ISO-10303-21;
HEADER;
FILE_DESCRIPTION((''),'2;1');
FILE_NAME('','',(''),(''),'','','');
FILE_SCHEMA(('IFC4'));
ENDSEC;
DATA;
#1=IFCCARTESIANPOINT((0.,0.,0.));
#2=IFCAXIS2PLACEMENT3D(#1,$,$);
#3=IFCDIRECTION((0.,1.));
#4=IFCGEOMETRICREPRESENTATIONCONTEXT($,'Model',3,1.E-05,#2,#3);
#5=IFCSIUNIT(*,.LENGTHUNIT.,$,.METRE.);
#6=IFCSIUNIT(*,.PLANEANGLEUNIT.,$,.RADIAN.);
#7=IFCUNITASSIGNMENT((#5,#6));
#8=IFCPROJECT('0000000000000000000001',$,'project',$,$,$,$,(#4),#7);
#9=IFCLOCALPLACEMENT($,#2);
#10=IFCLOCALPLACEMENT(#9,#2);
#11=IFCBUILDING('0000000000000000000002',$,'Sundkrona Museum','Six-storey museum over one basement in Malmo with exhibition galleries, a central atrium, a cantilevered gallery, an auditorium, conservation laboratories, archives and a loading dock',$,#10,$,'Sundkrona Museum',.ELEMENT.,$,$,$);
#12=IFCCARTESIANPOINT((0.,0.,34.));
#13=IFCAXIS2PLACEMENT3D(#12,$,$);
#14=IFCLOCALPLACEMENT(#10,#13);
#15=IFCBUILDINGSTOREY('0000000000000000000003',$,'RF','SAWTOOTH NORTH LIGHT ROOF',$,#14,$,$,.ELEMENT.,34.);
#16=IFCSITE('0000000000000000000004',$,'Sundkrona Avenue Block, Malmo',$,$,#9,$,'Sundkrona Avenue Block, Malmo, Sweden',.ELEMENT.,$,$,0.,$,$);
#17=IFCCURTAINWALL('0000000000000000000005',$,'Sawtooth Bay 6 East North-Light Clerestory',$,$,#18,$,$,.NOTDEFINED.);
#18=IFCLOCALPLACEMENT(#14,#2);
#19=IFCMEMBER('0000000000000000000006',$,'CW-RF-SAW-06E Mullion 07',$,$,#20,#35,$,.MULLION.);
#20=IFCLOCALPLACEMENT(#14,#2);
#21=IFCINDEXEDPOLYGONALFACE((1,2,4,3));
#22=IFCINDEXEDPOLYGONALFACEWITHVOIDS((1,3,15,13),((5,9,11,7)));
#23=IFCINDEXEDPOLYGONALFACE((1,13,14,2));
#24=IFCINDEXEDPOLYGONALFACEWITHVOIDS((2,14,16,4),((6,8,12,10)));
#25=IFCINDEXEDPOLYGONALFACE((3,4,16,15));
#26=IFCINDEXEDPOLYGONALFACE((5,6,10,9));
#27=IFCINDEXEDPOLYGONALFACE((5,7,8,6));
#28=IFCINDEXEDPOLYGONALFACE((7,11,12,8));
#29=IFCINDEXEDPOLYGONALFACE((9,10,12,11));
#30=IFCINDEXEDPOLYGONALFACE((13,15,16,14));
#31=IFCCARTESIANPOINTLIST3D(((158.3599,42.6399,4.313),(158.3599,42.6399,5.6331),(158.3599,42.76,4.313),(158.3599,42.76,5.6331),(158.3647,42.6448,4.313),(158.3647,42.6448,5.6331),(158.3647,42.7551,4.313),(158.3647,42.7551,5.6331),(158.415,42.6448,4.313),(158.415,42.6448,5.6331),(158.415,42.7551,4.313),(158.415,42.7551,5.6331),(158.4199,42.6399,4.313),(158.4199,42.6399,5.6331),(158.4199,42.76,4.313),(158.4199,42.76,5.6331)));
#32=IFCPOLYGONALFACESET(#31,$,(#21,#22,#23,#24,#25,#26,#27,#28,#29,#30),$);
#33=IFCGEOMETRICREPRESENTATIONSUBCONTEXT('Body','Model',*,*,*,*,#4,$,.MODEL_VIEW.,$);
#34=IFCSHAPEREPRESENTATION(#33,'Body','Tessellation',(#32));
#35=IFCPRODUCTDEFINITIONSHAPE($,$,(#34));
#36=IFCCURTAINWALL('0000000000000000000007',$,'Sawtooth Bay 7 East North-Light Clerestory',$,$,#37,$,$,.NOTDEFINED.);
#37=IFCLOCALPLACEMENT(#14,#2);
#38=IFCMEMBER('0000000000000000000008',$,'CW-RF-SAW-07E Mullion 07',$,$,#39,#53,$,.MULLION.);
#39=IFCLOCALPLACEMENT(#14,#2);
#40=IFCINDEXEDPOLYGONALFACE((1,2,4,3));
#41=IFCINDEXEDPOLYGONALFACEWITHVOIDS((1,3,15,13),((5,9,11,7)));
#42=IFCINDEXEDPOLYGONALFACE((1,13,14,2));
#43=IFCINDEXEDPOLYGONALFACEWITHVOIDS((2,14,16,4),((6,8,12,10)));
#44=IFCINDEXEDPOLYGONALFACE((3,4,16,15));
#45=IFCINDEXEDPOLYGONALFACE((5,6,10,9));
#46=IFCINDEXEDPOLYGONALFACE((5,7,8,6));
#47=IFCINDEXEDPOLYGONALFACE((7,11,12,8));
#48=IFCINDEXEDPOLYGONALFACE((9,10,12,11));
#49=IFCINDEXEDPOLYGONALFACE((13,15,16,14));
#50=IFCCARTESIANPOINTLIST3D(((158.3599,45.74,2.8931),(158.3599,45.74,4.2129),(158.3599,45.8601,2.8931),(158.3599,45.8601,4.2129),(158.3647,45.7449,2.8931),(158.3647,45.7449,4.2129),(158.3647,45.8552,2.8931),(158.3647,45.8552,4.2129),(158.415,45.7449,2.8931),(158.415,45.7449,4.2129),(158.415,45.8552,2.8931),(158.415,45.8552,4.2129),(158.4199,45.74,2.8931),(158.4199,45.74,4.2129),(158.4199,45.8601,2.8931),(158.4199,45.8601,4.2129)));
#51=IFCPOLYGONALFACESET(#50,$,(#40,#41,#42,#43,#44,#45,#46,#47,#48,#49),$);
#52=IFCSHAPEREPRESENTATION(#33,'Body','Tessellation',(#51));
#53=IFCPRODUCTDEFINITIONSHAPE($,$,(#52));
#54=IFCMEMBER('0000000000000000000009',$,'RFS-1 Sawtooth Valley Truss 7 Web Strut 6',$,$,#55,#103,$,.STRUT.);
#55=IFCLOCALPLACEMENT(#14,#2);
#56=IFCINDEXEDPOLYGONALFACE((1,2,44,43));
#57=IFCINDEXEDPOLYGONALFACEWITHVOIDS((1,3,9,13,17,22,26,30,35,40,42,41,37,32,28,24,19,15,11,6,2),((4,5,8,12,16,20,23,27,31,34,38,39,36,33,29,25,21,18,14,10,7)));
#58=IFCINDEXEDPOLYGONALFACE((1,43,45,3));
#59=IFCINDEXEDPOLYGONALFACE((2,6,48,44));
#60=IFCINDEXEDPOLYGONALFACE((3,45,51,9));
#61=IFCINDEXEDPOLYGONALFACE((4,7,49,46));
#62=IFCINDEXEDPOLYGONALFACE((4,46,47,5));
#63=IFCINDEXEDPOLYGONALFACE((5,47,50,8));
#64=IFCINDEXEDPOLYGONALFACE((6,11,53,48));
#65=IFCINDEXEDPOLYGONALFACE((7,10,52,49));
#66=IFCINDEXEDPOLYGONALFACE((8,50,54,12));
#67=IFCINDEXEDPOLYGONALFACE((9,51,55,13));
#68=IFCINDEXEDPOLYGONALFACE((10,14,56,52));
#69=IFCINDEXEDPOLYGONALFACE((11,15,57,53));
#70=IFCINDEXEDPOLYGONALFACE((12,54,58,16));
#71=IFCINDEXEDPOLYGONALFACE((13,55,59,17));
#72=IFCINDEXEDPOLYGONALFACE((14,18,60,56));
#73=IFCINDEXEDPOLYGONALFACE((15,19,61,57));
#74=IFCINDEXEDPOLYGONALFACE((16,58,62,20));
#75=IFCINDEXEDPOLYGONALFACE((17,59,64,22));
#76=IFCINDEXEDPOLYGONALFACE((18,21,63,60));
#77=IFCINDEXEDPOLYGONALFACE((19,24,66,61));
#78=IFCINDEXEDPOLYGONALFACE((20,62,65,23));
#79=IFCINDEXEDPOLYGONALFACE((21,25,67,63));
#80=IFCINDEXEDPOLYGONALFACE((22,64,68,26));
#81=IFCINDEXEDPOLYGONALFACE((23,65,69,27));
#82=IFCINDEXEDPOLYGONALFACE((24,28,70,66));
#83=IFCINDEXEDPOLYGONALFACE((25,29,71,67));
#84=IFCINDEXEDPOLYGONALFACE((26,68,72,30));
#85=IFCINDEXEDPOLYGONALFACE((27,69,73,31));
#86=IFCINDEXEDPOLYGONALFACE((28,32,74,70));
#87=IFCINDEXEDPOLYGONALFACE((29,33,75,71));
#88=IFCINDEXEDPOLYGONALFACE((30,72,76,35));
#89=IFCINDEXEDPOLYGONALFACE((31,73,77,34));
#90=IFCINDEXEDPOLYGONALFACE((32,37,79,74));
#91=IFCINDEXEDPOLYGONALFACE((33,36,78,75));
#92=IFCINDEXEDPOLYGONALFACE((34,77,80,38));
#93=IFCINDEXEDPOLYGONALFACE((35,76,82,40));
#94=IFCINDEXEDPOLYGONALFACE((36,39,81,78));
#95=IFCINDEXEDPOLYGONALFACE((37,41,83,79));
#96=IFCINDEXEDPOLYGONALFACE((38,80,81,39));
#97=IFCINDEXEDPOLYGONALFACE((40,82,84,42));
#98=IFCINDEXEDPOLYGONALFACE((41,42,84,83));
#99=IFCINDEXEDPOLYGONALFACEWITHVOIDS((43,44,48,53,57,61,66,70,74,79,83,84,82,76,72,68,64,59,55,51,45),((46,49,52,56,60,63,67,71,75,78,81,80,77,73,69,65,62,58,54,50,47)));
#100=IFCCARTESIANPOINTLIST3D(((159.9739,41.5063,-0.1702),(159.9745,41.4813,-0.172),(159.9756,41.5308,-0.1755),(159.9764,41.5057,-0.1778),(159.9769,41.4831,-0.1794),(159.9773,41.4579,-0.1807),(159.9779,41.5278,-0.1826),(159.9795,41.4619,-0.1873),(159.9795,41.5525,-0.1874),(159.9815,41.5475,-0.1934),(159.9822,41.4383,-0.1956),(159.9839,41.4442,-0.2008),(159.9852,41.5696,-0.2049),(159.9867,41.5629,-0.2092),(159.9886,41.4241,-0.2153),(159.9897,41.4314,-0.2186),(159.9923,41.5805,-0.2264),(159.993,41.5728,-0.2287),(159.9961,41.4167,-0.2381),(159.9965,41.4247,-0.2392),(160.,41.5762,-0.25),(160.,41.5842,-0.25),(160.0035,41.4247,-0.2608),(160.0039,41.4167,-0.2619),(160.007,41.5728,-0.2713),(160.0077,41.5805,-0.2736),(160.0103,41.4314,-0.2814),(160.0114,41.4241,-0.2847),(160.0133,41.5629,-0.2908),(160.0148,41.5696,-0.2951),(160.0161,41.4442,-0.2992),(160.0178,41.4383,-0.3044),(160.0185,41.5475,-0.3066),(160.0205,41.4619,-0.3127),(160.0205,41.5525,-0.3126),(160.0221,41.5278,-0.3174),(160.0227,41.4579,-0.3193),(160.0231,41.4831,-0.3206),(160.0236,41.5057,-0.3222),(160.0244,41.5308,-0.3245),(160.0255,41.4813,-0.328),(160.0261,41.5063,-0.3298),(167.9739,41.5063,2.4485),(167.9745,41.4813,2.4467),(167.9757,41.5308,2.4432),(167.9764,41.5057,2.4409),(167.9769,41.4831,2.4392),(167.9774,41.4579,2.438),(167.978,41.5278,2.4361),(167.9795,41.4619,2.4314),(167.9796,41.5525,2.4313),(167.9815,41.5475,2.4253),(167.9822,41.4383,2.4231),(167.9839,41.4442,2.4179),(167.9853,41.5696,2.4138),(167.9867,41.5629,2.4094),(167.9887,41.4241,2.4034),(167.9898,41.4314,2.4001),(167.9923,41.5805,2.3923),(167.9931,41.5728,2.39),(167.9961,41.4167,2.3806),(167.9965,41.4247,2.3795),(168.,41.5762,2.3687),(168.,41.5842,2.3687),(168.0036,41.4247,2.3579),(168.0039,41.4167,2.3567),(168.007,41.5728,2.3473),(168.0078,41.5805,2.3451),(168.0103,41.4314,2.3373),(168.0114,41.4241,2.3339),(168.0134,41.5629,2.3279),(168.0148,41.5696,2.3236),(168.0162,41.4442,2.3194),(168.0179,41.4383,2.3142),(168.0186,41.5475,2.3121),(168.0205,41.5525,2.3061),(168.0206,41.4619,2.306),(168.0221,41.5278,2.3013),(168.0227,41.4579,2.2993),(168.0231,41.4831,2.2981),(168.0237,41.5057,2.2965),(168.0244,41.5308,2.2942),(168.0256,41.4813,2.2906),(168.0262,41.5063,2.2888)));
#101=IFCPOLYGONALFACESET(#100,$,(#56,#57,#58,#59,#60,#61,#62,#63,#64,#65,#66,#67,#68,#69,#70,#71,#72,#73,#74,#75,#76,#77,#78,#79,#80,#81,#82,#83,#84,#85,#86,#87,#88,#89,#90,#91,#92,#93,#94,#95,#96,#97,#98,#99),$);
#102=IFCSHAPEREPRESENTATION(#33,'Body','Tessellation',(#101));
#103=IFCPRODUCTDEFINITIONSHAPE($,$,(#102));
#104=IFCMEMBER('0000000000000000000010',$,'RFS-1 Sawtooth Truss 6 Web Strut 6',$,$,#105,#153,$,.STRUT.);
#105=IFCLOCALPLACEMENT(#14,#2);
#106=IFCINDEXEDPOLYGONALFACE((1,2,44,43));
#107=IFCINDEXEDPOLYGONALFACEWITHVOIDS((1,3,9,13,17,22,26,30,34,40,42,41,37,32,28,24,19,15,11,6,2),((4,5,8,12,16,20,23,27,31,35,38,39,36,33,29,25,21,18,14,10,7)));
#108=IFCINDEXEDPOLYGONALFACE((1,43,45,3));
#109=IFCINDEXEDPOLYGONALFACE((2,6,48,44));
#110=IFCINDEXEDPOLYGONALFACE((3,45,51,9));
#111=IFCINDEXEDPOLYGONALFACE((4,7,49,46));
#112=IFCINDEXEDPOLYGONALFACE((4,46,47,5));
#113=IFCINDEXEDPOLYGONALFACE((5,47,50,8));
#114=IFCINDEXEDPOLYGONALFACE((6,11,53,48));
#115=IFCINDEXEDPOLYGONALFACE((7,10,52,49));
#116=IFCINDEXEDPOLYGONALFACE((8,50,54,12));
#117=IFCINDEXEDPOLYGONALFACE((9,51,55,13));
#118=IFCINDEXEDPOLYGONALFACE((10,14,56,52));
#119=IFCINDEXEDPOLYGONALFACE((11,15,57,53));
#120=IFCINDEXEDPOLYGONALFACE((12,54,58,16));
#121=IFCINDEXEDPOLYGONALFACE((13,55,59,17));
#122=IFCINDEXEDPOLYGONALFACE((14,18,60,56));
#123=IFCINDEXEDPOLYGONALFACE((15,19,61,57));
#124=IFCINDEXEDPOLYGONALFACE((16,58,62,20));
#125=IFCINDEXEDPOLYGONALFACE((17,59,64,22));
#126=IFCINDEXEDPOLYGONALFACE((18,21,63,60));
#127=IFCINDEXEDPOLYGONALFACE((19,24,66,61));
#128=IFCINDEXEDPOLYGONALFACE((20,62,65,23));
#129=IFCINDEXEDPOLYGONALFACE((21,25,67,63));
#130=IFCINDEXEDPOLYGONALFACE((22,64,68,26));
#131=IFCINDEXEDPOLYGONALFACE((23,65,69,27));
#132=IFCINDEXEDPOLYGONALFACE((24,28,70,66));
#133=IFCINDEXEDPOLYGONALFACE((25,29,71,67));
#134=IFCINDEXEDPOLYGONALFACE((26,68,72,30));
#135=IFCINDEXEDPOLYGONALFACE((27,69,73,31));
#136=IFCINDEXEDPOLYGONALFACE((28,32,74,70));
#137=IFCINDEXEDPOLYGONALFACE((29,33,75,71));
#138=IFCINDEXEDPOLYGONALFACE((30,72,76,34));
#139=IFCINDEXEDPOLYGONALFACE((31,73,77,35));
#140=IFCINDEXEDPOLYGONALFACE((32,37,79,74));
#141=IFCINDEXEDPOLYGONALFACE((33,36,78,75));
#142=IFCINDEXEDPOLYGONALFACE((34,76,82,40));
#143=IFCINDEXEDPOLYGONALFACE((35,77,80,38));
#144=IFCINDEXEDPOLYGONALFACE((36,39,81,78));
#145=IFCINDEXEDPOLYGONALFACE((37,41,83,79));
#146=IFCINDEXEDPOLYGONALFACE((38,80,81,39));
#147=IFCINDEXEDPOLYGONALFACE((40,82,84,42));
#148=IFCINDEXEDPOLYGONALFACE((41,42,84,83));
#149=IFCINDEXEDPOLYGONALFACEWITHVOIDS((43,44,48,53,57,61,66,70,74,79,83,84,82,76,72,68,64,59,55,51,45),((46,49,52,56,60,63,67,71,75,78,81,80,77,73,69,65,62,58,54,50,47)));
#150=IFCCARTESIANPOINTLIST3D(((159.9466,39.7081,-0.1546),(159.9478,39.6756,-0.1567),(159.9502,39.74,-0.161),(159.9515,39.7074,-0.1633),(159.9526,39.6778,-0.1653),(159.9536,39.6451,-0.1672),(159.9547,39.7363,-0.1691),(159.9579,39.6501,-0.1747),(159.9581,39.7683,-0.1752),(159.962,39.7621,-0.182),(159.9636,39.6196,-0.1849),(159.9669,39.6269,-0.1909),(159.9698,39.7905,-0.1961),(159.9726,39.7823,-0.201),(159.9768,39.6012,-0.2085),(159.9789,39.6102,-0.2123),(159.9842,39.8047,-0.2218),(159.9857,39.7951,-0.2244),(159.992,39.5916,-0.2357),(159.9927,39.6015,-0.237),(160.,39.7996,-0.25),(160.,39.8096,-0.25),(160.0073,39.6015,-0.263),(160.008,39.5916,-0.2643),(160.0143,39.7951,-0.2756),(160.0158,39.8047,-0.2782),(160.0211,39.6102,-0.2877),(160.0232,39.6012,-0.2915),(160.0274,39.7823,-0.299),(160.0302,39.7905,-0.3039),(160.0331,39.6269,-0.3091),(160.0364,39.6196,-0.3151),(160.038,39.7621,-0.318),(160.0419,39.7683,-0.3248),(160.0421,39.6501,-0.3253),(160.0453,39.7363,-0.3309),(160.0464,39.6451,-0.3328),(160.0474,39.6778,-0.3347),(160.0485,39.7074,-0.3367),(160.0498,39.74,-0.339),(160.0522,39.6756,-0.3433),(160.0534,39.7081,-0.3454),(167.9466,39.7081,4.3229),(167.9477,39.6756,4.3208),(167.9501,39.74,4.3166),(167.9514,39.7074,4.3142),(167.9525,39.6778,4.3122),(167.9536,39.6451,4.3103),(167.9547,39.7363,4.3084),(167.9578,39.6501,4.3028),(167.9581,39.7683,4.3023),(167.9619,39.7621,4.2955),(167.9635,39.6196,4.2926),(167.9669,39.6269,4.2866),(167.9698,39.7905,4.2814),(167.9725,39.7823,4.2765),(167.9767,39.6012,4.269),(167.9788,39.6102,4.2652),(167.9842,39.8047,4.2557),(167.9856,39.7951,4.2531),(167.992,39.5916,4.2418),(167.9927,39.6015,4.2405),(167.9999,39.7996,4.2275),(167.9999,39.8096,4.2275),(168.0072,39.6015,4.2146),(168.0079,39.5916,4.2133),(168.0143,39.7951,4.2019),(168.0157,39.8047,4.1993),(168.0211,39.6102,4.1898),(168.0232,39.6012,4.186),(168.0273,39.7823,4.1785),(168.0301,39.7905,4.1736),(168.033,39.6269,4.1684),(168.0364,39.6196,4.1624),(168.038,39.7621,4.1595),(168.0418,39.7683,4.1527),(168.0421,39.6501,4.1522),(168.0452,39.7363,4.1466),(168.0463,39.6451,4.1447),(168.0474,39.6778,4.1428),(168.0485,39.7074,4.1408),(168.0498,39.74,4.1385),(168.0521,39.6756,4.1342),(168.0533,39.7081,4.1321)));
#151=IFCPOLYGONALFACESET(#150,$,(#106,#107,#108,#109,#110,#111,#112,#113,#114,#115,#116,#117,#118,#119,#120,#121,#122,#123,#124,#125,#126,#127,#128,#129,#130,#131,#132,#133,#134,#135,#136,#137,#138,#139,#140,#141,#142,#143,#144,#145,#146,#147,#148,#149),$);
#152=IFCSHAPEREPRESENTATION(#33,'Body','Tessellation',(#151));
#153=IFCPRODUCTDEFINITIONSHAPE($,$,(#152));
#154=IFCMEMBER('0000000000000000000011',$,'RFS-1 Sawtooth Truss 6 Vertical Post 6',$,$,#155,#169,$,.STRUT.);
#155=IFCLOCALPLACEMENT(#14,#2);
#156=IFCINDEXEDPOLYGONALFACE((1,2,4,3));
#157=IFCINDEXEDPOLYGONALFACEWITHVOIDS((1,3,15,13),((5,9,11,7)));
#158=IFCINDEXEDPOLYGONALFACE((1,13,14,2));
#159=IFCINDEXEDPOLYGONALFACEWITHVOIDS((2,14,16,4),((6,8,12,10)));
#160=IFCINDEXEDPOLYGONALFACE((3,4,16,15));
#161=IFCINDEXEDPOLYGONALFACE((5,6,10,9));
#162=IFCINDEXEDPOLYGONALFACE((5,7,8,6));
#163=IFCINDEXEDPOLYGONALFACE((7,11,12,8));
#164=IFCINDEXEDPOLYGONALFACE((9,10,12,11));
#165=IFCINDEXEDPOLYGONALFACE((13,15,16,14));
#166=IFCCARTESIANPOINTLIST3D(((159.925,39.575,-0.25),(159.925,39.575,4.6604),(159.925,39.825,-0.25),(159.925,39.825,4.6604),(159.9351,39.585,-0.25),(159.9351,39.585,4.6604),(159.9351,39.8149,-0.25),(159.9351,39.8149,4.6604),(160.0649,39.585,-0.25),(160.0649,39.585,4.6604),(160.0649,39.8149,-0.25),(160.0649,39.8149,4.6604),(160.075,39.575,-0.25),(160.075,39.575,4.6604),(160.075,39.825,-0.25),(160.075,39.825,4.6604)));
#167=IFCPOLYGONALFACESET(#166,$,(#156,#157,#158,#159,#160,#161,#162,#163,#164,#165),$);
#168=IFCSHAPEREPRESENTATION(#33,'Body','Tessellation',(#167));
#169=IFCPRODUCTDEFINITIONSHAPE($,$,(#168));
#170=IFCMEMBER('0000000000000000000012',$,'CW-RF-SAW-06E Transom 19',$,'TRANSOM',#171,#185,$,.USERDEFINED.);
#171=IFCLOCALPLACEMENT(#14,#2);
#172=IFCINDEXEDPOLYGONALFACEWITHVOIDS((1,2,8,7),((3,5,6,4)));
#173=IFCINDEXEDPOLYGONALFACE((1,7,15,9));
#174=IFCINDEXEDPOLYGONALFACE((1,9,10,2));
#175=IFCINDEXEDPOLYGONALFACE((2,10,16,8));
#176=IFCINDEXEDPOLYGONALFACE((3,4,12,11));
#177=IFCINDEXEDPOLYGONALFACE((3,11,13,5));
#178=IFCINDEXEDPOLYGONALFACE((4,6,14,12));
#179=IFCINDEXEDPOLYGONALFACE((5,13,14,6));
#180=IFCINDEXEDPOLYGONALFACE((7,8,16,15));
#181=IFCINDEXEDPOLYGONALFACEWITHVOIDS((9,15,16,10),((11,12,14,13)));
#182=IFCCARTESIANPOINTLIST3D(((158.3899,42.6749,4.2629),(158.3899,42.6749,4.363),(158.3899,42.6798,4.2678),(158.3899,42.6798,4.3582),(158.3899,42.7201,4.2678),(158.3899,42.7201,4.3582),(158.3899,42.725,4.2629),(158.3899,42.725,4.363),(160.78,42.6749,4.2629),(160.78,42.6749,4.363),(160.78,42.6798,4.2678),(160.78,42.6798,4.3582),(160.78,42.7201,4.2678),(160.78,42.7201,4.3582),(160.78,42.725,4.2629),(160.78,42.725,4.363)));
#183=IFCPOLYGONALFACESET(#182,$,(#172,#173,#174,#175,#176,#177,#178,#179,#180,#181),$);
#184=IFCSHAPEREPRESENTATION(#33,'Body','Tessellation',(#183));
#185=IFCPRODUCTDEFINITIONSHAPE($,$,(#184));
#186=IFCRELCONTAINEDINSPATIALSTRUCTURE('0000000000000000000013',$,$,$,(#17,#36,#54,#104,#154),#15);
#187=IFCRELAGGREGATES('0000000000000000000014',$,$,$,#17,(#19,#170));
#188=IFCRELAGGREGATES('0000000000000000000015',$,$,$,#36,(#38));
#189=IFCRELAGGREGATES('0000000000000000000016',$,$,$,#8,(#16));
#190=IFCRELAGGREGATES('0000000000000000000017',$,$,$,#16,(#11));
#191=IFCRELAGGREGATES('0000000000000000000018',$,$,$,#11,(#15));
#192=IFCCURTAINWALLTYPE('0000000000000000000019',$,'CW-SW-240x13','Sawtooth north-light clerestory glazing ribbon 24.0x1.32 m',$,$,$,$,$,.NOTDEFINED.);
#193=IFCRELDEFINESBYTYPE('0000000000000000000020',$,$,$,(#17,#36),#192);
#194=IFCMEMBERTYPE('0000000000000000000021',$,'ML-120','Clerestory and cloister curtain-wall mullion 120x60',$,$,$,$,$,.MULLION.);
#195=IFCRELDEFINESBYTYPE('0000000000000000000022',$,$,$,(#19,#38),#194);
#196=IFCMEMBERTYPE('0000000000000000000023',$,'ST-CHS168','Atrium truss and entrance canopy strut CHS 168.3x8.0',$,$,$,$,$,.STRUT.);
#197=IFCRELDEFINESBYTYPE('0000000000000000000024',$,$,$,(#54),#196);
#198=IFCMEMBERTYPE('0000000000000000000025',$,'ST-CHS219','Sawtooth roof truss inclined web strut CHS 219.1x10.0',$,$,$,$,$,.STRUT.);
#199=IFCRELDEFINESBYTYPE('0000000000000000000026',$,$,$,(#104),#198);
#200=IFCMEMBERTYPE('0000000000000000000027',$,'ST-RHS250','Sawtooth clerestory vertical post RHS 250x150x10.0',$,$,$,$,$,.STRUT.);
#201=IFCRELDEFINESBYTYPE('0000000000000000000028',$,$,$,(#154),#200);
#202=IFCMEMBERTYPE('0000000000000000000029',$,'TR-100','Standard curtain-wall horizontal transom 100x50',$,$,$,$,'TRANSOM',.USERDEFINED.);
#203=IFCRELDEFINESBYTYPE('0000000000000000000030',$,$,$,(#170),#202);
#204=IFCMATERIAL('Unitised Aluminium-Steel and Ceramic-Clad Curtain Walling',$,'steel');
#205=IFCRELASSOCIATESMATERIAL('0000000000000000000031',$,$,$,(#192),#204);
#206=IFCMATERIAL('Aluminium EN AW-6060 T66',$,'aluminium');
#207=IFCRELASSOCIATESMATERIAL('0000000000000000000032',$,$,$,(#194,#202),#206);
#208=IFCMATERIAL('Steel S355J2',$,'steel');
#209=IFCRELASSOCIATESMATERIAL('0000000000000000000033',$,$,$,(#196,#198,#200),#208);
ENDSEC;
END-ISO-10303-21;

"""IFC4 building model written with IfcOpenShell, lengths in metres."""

from ifc_helpers import new_model, si_unit, direction, frame, origin, origin_2d, place, context, subcontext, project, spatial, hollow_rectangle, hollow_circle, extrude, material, material_profile, profile_set, type_object, element, aggregate, save


model = new_model("IFC4")

# Units and contexts
model_context = context("Model", 3, precision=1e-05, world=origin(), true_north=direction((0.0, 1.0)))
body_context = subcontext(model_context, "Body", "Model", "MODEL_VIEW")
ifc_project = project(units=[si_unit("LENGTHUNIT", "METRE"), si_unit("PLANEANGLEUNIT", "RADIAN")], contexts=[model_context])

# Site, building, storey
site_placement = place(None, origin())
site = spatial("IfcSite", under=ifc_project, at=site_placement, Name="Sundkrona Avenue Block, Malmo", LongName="Sundkrona Avenue Block, Malmo, Sweden", CompositionType="ELEMENT", RefElevation=0.0)
building_placement = place(site_placement, origin())
building = spatial("IfcBuilding", under=site, at=building_placement, Name="Sundkrona Museum", Description="Six-storey museum over one basement in Malmo with exhibition galleries, a central atrium, a cantilevered gallery, an auditorium, conservation laboratories, archives and a loading dock", LongName="Sundkrona Museum", CompositionType="ELEMENT")
storey_placement = place(building_placement, frame((0.0, 0.0, 34.0)))
storey = spatial("IfcBuildingStorey", under=building, at=storey_placement, Name="RF", Description="SAWTOOTH NORTH LIGHT ROOF", CompositionType="ELEMENT", Elevation=34.0)

# Curtain walls, members
ifc_material_1 = material(Name="Unitised Aluminium-Steel and Ceramic-Clad Curtain Walling", Category="steel")
curtain_wall_type = type_object("IfcCurtainWallType", Name="CW-SW-240x13", Description="Sawtooth north-light clerestory glazing ribbon 24.0x1.32 m", PredefinedType="NOTDEFINED", material=ifc_material_1)
curtain_wall_1_placement = place(storey_placement, origin())
curtain_wall_1 = element("IfcCurtainWall", 1, at=curtain_wall_1_placement, inside=storey, type_object=curtain_wall_type, Name="Sawtooth Bay 6 East North-Light Clerestory", PredefinedType="NOTDEFINED")
ifc_material_2 = material(Name="Aluminium EN AW-6060 T66", Category="aluminium")
ifc_material_profile_1 = material_profile(ifc_material_2, hollow_rectangle(XDim=0.0601, YDim=0.1201, WallThickness=0.0049, at=origin_2d()), Name="RHS 120x60x5.0")
ifc_profile_set_1 = profile_set([ifc_material_profile_1], Name="Aluminium EN AW-6060 T66")
member_type_1 = type_object("IfcMemberType", Name="ML-120", Description="Clerestory and cloister curtain-wall mullion 120x60", PredefinedType="MULLION", material=ifc_profile_set_1)
member_1_placement = place(storey_placement, frame((158.3899, 42.7, 4.313), z_axis=(0.0, 0.0, 1.0), x_axis=(1.0, 0.0, 0.0)))
member_1 = element("IfcMember", 2, at=member_1_placement, type_object=member_type_1, Name="CW-RF-SAW-06E Mullion 07", PredefinedType="MULLION", context=body_context, shape_type="SweptSolid", body=[
    extrude(hollow_rectangle(XDim=0.0601, YDim=0.1201, WallThickness=0.0049, at=origin_2d()), origin(), (0.0, 0.0, 1.0), 1.3201),
])
curtain_wall_2_placement = place(storey_placement, origin())
curtain_wall_2 = element("IfcCurtainWall", 3, at=curtain_wall_2_placement, inside=storey, type_object=curtain_wall_type, Name="Sawtooth Bay 7 East North-Light Clerestory", PredefinedType="NOTDEFINED")
member_2_placement = place(storey_placement, frame((158.3899, 45.8, 2.8931), z_axis=(0.0, 0.0, 1.0), x_axis=(1.0, 0.0, 0.0)))
member_2 = element("IfcMember", 4, at=member_2_placement, type_object=member_type_1, Name="CW-RF-SAW-07E Mullion 07", PredefinedType="MULLION", context=body_context, shape_type="SweptSolid", body=[
    extrude(hollow_rectangle(XDim=0.0601, YDim=0.1201, WallThickness=0.0049, at=origin_2d()), origin(), (0.0, 0.0, 1.0), 1.3198),
])

# Members
ifc_material_3 = material(Name="Steel S355J2", Category="steel")
ifc_material_profile_2 = material_profile(ifc_material_3, hollow_circle(Radius=0.0842, WallThickness=0.0081, at=origin_2d()), Name="CHS 168.3x8.0")
ifc_profile_set_2 = profile_set([ifc_material_profile_2], Name="Steel S355J2")
member_type_2 = type_object("IfcMemberType", Name="ST-CHS168", Description="Atrium truss and entrance canopy strut CHS 168.3x8.0", PredefinedType="STRUT", material=ifc_profile_set_2)
member_3_placement = place(storey_placement, frame((160.0, 41.5, -0.25), z_axis=(0.950381, 0.0, 0.31109), x_axis=(0.0, 1.0, 0.0)))
element("IfcMember", 5, at=member_3_placement, inside=storey, type_object=member_type_2, Name="RFS-1 Sawtooth Valley Truss 7 Web Strut 6", PredefinedType="STRUT", context=body_context, shape_type="SweptSolid", body=[
    extrude(hollow_circle(Radius=0.0842, WallThickness=0.0081, at=origin_2d()), origin(), (0.0, 0.0, 1.0), 8.4177),
])
ifc_material_profile_3 = material_profile(ifc_material_3, hollow_circle(Radius=0.1096, WallThickness=0.01, at=origin_2d()), Name="CHS 219.1x10.0")
ifc_profile_set_3 = profile_set([ifc_material_profile_3], Name="Steel S355J2")
member_type_3 = type_object("IfcMemberType", Name="ST-CHS219", Description="Sawtooth roof truss inclined web strut CHS 219.1x10.0", PredefinedType="STRUT", material=ifc_profile_set_3)
member_4_placement = place(storey_placement, frame((160.0, 39.7, -0.25), z_axis=(0.87262, 0.0, 0.488399), x_axis=(0.0, 1.0, 0.0)))
element("IfcMember", 6, at=member_4_placement, inside=storey, type_object=member_type_3, Name="RFS-1 Sawtooth Truss 6 Web Strut 6", PredefinedType="STRUT", context=body_context, shape_type="SweptSolid", body=[
    extrude(hollow_circle(Radius=0.1096, WallThickness=0.01, at=origin_2d()), origin(), (0.0, 0.0, 1.0), 9.1677),
])
ifc_material_profile_4 = material_profile(ifc_material_3, hollow_rectangle(XDim=0.1499, YDim=0.25, WallThickness=0.01, at=origin_2d()), Name="RHS 250x150x10.0")
ifc_profile_set_4 = profile_set([ifc_material_profile_4], Name="Steel S355J2")
member_type_4 = type_object("IfcMemberType", Name="ST-RHS250", Description="Sawtooth clerestory vertical post RHS 250x150x10.0", PredefinedType="STRUT", material=ifc_profile_set_4)
member_5_placement = place(storey_placement, frame((160.0, 39.7, -0.25), z_axis=(0.0, 0.0, 1.0), x_axis=(1.0, 0.0, 0.0)))
element("IfcMember", 7, at=member_5_placement, inside=storey, type_object=member_type_4, Name="RFS-1 Sawtooth Truss 6 Vertical Post 6", PredefinedType="STRUT", context=body_context, shape_type="SweptSolid", body=[
    extrude(hollow_rectangle(XDim=0.1499, YDim=0.25, WallThickness=0.01, at=origin_2d()), origin(), (0.0, 0.0, 1.0), 4.9104),
])

# Member
ifc_material_profile_5 = material_profile(ifc_material_2, hollow_rectangle(XDim=0.05, YDim=0.1001, WallThickness=0.0049, at=origin_2d()), Name="RHS 100x50x5.0")
ifc_profile_set_5 = profile_set([ifc_material_profile_5], Name="Aluminium EN AW-6060 T66")
member_type_5 = type_object("IfcMemberType", Name="TR-100", Description="Standard curtain-wall horizontal transom 100x50", ElementType="TRANSOM", PredefinedType="USERDEFINED", material=ifc_profile_set_5)
member_6_placement = place(storey_placement, frame((158.3899, 42.7, 4.313), z_axis=(1.0, 0.0, 0.0), x_axis=(0.0, 1.0, 0.0)))
member_6 = element("IfcMember", 8, at=member_6_placement, type_object=member_type_5, Name="CW-RF-SAW-06E Transom 19", ObjectType="TRANSOM", PredefinedType="USERDEFINED", context=body_context, shape_type="SweptSolid", body=[
    extrude(hollow_rectangle(XDim=0.05, YDim=0.1001, WallThickness=0.0049, at=origin_2d()), origin(), (0.0, 0.0, 1.0), 2.3901),
])

aggregate(curtain_wall_1, [member_1, member_6])
aggregate(curtain_wall_2, [member_2])

save(model, "model.ifc")
